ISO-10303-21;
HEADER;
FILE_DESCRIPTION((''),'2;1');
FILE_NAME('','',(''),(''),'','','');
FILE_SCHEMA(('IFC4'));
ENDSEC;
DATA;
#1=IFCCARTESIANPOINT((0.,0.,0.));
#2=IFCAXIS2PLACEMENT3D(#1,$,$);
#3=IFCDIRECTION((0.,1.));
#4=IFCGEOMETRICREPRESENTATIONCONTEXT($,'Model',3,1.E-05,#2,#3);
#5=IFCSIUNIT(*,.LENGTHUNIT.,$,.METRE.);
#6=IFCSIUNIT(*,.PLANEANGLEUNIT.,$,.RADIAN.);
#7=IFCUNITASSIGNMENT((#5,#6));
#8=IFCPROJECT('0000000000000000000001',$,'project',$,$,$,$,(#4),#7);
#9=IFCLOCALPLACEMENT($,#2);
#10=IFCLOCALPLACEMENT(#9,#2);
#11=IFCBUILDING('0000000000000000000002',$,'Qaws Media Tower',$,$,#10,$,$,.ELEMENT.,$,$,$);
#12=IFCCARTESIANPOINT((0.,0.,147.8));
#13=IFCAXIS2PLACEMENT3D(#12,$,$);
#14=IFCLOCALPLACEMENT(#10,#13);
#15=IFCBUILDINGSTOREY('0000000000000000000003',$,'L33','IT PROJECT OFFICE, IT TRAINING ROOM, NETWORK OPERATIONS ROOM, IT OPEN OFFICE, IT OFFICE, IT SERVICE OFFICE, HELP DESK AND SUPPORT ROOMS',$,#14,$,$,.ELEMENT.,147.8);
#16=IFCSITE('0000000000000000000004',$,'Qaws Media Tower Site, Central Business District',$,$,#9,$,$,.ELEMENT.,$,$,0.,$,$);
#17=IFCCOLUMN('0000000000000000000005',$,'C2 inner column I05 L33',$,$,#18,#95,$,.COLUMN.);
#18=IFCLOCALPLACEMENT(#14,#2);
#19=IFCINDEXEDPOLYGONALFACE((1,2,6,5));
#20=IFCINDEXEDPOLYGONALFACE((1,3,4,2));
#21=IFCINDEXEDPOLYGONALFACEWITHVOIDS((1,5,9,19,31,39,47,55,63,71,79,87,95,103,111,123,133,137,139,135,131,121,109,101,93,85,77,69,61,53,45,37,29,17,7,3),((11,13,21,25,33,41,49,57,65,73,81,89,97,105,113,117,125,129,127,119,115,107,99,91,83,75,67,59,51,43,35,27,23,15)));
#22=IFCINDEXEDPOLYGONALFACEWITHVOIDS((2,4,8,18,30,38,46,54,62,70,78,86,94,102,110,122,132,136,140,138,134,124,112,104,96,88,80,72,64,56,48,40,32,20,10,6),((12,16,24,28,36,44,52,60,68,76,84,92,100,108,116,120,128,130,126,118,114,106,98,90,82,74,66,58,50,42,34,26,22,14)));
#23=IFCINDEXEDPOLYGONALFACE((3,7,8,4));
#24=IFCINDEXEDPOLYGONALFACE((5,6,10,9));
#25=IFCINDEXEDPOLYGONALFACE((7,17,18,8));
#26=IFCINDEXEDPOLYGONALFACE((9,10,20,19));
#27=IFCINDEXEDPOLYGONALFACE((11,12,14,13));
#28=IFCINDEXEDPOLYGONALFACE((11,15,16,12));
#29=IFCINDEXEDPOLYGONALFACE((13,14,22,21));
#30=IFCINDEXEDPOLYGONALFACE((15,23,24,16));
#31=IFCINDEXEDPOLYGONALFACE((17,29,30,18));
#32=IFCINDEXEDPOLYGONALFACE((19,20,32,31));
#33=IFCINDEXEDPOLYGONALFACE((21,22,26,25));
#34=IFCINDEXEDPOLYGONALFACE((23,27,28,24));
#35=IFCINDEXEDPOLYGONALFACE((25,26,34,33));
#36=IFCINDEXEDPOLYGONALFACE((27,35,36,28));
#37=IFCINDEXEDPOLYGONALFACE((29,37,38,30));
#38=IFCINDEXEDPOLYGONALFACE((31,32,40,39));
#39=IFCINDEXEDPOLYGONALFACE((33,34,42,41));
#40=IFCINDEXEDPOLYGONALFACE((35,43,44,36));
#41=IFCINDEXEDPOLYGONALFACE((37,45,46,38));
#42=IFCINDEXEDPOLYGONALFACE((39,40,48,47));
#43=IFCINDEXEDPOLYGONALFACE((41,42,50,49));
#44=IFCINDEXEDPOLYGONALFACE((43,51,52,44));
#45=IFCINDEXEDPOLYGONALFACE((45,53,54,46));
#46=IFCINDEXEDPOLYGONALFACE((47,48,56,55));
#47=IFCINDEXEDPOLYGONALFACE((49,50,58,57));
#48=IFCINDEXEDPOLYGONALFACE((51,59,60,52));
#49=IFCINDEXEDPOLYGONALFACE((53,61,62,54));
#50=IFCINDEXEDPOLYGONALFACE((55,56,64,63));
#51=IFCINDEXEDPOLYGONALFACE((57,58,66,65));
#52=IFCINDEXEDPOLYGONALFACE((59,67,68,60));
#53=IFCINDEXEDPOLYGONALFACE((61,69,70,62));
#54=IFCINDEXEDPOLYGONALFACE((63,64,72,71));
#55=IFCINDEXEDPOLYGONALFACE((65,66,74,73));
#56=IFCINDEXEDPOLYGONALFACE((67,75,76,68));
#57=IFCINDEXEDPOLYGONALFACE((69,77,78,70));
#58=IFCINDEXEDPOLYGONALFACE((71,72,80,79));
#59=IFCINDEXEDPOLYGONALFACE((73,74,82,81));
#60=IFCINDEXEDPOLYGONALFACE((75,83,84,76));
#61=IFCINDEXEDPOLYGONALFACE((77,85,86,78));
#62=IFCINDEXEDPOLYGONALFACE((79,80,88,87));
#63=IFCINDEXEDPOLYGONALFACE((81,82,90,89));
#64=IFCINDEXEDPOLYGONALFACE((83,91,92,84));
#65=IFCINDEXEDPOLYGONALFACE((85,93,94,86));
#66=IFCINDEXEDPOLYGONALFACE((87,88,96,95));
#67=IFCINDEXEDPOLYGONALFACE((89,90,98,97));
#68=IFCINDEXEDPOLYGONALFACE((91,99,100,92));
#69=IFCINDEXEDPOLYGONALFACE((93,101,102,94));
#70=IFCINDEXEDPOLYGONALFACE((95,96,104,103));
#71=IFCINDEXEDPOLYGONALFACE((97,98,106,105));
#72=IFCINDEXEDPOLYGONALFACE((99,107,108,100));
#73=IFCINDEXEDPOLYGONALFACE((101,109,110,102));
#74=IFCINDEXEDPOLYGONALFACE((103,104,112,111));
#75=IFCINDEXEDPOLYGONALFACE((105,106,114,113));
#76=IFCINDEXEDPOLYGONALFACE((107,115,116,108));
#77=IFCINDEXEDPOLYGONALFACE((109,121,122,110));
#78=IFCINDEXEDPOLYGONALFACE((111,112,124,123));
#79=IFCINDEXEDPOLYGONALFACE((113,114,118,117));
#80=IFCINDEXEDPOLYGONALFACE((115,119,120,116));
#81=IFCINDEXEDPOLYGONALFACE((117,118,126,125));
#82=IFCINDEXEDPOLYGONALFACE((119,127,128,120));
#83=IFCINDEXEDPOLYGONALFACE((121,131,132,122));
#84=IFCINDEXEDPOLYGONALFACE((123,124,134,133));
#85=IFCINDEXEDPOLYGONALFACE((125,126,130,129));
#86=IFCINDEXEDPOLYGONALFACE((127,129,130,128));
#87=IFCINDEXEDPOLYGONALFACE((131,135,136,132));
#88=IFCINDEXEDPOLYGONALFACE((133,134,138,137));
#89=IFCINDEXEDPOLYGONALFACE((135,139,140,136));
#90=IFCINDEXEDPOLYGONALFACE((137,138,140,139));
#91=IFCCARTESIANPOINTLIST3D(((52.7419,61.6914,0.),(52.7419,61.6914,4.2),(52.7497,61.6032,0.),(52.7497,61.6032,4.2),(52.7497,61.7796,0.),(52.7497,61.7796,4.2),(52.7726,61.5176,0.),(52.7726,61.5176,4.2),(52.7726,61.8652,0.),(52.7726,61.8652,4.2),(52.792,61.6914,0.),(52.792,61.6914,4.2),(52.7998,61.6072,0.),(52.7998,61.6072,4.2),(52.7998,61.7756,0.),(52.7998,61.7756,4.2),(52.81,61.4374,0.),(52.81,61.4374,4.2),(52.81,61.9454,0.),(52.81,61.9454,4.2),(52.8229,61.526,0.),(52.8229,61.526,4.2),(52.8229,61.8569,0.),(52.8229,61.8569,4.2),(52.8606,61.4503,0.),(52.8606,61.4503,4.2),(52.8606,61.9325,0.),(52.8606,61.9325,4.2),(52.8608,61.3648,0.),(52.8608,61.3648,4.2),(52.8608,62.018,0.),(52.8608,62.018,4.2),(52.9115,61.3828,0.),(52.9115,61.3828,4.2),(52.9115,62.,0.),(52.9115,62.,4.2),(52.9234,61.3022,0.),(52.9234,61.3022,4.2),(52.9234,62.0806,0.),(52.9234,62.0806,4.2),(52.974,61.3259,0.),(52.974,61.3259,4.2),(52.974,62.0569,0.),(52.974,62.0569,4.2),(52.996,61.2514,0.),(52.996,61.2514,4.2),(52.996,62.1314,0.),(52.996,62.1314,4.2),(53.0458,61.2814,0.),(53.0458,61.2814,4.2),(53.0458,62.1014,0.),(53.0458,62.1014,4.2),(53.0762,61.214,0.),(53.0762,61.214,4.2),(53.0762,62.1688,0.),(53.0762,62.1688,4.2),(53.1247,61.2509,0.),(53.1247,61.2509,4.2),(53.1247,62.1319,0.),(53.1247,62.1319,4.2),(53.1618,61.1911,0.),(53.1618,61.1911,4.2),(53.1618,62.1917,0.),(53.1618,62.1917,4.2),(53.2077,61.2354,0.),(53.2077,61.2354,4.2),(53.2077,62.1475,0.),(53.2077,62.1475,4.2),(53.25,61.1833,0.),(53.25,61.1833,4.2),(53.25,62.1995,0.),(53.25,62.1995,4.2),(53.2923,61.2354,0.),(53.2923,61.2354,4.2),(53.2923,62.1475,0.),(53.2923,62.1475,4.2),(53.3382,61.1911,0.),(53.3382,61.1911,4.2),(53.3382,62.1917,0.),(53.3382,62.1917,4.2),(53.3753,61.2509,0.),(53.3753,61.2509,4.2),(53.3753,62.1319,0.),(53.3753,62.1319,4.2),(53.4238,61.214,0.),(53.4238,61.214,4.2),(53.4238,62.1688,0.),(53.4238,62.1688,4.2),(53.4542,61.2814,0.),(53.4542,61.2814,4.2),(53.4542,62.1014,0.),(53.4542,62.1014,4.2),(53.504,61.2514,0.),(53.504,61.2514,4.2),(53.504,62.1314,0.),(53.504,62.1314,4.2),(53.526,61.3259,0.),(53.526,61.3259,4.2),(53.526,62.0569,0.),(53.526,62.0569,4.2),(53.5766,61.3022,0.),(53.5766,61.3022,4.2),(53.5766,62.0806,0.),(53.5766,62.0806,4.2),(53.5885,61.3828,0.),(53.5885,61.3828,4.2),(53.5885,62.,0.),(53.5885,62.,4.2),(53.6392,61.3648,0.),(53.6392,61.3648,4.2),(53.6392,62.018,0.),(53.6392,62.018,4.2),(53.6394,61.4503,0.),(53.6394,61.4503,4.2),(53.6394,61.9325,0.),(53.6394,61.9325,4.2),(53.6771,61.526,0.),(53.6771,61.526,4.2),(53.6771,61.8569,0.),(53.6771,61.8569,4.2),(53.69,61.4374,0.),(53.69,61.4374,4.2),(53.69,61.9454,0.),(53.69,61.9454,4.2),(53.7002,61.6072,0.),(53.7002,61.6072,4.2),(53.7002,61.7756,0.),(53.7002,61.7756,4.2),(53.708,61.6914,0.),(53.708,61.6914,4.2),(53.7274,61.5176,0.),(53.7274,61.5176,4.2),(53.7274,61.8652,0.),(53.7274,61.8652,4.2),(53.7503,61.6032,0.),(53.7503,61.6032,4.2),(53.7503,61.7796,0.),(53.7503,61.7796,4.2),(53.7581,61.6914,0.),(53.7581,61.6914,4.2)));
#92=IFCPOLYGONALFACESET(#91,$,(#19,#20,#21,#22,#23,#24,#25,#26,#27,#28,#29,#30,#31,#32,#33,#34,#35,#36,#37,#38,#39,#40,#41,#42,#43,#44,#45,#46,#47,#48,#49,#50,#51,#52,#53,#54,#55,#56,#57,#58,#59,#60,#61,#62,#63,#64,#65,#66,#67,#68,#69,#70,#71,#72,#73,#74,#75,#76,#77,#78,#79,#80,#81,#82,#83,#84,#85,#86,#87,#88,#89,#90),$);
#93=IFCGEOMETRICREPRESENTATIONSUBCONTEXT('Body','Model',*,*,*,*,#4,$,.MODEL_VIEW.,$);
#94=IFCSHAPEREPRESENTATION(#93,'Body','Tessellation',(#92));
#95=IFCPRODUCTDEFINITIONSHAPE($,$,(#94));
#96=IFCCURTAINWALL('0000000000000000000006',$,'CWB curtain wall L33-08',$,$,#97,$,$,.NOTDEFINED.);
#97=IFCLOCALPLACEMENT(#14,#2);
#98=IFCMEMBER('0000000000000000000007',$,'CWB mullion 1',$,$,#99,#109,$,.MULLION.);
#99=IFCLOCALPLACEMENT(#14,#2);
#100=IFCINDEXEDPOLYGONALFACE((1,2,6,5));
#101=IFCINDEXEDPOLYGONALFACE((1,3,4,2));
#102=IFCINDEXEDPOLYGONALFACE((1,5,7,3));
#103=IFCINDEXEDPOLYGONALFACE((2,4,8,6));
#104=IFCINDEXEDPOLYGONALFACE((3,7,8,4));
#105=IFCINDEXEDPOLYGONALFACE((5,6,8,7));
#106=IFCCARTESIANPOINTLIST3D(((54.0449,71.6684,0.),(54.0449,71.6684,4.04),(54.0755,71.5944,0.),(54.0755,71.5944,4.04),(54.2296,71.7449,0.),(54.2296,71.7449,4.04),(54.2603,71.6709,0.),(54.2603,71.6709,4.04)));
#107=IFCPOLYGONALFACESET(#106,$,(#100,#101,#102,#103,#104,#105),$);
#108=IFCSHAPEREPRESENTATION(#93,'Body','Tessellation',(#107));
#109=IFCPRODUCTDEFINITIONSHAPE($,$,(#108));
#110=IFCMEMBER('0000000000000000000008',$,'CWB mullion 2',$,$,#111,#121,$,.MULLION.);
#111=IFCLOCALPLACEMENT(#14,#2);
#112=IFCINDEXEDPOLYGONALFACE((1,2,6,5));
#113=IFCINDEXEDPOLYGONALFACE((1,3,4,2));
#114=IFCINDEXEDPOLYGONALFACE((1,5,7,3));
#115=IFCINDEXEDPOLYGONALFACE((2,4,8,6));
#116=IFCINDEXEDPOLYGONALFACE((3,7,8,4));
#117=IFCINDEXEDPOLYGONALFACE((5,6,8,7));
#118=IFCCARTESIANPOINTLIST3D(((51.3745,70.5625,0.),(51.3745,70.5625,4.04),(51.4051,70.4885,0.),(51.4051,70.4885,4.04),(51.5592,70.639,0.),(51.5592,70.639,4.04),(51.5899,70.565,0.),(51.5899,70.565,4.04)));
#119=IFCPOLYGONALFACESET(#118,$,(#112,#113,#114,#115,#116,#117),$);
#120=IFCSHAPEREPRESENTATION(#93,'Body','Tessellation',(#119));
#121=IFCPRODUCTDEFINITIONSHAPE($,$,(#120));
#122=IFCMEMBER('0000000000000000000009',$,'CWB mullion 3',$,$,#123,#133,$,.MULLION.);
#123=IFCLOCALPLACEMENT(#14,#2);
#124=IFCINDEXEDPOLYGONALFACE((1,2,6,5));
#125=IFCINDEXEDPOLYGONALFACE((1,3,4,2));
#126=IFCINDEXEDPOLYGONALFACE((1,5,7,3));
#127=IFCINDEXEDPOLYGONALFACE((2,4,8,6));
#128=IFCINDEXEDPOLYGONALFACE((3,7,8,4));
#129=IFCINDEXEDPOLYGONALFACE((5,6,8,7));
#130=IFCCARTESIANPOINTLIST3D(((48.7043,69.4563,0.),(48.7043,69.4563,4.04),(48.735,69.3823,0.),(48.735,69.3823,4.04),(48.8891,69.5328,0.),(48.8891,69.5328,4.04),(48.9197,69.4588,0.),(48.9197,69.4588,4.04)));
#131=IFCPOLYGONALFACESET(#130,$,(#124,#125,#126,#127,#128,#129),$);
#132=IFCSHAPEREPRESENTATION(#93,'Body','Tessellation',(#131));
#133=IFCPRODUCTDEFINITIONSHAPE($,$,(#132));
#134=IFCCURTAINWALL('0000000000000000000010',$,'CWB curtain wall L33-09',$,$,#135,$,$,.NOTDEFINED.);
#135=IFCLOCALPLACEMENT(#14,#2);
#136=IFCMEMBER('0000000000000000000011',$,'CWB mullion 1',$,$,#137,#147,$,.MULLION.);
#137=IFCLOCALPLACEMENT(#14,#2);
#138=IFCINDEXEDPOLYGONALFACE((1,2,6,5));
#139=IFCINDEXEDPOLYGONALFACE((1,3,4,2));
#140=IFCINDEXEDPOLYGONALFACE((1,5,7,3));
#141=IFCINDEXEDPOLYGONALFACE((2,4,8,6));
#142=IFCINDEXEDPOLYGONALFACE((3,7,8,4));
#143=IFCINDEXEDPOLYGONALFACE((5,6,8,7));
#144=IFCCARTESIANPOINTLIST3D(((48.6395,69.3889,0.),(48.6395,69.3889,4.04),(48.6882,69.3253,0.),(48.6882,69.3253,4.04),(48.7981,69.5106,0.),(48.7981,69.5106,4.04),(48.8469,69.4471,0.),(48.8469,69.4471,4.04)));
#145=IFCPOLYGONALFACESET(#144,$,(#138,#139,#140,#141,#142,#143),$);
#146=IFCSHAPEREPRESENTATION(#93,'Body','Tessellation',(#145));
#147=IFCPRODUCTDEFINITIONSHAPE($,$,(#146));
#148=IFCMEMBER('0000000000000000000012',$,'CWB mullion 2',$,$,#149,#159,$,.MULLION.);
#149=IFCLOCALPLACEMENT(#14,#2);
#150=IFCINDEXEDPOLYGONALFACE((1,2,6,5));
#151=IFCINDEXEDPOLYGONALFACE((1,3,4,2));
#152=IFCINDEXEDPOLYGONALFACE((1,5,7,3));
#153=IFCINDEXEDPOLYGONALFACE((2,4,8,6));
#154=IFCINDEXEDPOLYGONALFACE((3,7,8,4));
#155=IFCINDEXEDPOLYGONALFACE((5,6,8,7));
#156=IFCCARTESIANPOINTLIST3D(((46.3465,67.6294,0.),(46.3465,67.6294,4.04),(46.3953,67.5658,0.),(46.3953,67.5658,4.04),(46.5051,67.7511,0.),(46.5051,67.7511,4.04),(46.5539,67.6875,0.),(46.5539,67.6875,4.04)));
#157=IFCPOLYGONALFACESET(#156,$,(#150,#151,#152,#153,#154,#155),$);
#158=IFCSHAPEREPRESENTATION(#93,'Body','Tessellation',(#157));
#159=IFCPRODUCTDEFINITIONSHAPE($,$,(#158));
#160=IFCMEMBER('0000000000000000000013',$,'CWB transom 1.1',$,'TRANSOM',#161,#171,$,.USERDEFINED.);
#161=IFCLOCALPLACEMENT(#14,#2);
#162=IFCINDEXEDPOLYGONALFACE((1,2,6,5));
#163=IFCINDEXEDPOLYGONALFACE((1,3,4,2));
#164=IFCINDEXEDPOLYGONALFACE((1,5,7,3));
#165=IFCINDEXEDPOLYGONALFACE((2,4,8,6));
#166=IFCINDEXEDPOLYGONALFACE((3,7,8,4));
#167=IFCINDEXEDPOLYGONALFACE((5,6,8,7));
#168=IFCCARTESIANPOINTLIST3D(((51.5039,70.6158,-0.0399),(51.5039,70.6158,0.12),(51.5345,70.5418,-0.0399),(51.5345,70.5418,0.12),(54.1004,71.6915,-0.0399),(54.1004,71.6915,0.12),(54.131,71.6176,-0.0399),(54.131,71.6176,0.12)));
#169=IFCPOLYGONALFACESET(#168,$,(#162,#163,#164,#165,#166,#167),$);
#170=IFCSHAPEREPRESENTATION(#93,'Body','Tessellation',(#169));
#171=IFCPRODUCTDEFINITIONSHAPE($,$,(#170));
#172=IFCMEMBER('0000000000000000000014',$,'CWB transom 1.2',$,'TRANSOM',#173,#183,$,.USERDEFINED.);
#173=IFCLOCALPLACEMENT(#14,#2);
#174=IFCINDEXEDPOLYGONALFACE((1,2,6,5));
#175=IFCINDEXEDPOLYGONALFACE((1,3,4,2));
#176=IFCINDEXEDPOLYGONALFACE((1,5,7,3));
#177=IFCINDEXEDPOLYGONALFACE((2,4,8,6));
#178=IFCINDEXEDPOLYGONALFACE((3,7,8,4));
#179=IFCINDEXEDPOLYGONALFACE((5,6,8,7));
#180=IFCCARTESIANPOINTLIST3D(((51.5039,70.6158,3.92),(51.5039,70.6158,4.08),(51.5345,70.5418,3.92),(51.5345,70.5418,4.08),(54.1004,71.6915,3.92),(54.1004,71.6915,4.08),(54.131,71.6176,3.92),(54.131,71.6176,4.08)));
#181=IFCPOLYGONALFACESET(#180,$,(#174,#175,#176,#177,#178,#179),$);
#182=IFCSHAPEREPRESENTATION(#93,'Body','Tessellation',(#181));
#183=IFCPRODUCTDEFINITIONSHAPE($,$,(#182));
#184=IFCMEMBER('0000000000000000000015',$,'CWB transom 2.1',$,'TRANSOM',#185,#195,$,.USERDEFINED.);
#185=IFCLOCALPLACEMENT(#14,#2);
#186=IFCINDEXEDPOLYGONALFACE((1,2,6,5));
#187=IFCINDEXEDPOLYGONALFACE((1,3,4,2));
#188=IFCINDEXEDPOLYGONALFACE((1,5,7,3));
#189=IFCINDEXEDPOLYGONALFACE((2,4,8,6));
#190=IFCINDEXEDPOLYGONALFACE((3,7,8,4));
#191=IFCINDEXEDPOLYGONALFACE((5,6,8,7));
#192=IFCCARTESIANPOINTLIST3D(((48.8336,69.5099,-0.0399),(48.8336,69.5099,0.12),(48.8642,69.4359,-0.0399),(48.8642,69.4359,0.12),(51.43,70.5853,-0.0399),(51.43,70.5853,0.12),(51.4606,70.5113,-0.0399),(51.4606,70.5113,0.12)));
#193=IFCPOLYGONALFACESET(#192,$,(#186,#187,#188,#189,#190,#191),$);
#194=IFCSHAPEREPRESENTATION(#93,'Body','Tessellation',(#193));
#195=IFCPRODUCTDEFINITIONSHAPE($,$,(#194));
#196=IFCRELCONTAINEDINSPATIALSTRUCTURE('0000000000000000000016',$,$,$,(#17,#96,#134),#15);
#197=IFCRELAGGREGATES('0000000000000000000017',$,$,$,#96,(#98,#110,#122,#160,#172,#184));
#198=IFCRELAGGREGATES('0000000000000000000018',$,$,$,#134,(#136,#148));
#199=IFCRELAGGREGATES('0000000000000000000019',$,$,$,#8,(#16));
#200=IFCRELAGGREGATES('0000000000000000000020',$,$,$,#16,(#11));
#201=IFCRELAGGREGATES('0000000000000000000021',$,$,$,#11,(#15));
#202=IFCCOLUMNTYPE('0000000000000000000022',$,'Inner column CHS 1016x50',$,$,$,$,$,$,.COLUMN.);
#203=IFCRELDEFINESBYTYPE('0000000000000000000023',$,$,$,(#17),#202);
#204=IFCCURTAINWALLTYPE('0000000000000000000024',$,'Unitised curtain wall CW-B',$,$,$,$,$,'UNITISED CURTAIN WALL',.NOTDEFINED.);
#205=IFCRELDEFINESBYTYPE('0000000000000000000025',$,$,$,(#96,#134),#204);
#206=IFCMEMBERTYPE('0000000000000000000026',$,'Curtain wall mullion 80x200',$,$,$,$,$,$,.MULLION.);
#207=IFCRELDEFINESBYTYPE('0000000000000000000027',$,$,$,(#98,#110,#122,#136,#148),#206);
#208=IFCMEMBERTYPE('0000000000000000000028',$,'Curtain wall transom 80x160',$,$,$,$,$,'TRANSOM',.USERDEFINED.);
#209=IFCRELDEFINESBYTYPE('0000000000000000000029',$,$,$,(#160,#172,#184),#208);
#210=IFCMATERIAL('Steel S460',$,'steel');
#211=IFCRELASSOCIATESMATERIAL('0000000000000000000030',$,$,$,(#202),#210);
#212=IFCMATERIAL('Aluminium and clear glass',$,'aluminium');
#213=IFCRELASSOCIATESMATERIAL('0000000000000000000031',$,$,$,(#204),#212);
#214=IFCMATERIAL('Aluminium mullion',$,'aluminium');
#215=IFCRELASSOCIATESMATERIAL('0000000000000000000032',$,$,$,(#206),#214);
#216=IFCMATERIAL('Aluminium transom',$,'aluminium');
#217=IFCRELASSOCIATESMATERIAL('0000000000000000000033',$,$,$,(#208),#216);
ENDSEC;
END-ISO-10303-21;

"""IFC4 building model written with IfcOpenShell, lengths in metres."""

from ifc_helpers import new_model, si_unit, direction, frame, origin, origin_2d, place, context, subcontext, project, spatial, rectangle, hollow_circle, extrude, material, material_profile, profile_set, type_object, element, aggregate, save


model = new_model("IFC4")

# Units and contexts
model_context = context("Model", 3, precision=1e-05, world=origin(), true_north=direction((0.0, 1.0)))
body_context = subcontext(model_context, "Body", "Model", "MODEL_VIEW")
ifc_project = project(units=[si_unit("LENGTHUNIT", "METRE"), si_unit("PLANEANGLEUNIT", "RADIAN")], contexts=[model_context])

# Site, building, storey
site_placement = place(None, origin())
site = spatial("IfcSite", under=ifc_project, at=site_placement, Name="Qaws Media Tower Site, Central Business District", CompositionType="ELEMENT", RefElevation=0.0)
building_placement = place(site_placement, origin())
building = spatial("IfcBuilding", under=site, at=building_placement, Name="Qaws Media Tower", CompositionType="ELEMENT")
storey_placement = place(building_placement, frame((0.0, 0.0, 147.8)))
storey = spatial("IfcBuildingStorey", under=building, at=storey_placement, Name="L33", Description="IT PROJECT OFFICE, IT TRAINING ROOM, NETWORK OPERATIONS ROOM, IT OPEN OFFICE, IT OFFICE, IT SERVICE OFFICE, HELP DESK AND SUPPORT ROOMS", CompositionType="ELEMENT", Elevation=147.8)

# Column
ifc_material_1 = material(Name="Steel S460", Category="steel")
ifc_material_profile_1 = material_profile(ifc_material_1, hollow_circle(Radius=0.5081, WallThickness=0.05, at=origin_2d()), Name="CHS 1016x50")
ifc_profile_set_1 = profile_set([ifc_material_profile_1], Name="Steel S460")
column_type = type_object("IfcColumnType", Name="Inner column CHS 1016x50", PredefinedType="COLUMN", material=ifc_profile_set_1)
column_placement = place(storey_placement, frame((53.25, 61.6914, 0.0), z_axis=(0.0, 0.0, 1.0), x_axis=(1.0, 0.0, 0.0)))
element("IfcColumn", 1, at=column_placement, inside=storey, type_object=column_type, Name="C2 inner column I05 L33", PredefinedType="COLUMN", context=body_context, shape_type="SweptSolid", body=[
    extrude(hollow_circle(Radius=0.5081, WallThickness=0.05, at=origin_2d()), origin(), (0.0, 0.0, 1.0), 4.2),
])

# Curtain walls, members
ifc_material_2 = material(Name="Aluminium and clear glass", Category="aluminium")
curtain_wall_type = type_object("IfcCurtainWallType", Name="Unitised curtain wall CW-B", ElementType="UNITISED CURTAIN WALL", PredefinedType="NOTDEFINED", material=ifc_material_2)
curtain_wall_1_placement = place(storey_placement, origin())
curtain_wall_1 = element("IfcCurtainWall", 2, at=curtain_wall_1_placement, inside=storey, type_object=curtain_wall_type, Name="CWB curtain wall L33-08", PredefinedType="NOTDEFINED")
ifc_material_3 = material(Name="Aluminium mullion", Category="aluminium")
ifc_material_profile_2 = material_profile(ifc_material_3, rectangle(XDim=0.0801, YDim=0.2, at=origin_2d()), Name="80x200")
ifc_profile_set_2 = profile_set([ifc_material_profile_2], Name="Aluminium mullion")
member_type_1 = type_object("IfcMemberType", Name="Curtain wall mullion 80x200", PredefinedType="MULLION", material=ifc_profile_set_2)
member_1_placement = place(storey_placement, frame((54.1526, 71.6697, 0.0), z_axis=(0.0, 0.0, 1.0), x_axis=(0.382684, -0.923879, 0.0)))
member_1 = element("IfcMember", 3, at=member_1_placement, type_object=member_type_1, Name="CWB mullion 1", PredefinedType="MULLION", context=body_context, shape_type="SweptSolid", body=[
    extrude(rectangle(XDim=0.0801, YDim=0.2, at=origin_2d()), origin(), (0.0, 0.0, 1.0), 4.04),
])
member_2_placement = place(storey_placement, frame((51.4822, 70.5637, 0.0), z_axis=(0.0, 0.0, 1.0), x_axis=(0.382684, -0.923879, 0.0)))
member_2 = element("IfcMember", 4, at=member_2_placement, type_object=member_type_1, Name="CWB mullion 2", PredefinedType="MULLION", context=body_context, shape_type="SweptSolid", body=[
    extrude(rectangle(XDim=0.0801, YDim=0.2, at=origin_2d()), origin(), (0.0, 0.0, 1.0), 4.04),
])
member_3_placement = place(storey_placement, frame((48.812, 69.4575, 0.0), z_axis=(0.0, 0.0, 1.0), x_axis=(0.382684, -0.923879, 0.0)))
member_3 = element("IfcMember", 5, at=member_3_placement, type_object=member_type_1, Name="CWB mullion 3", PredefinedType="MULLION", context=body_context, shape_type="SweptSolid", body=[
    extrude(rectangle(XDim=0.0801, YDim=0.2, at=origin_2d()), origin(), (0.0, 0.0, 1.0), 4.04),
])
curtain_wall_2_placement = place(storey_placement, origin())
curtain_wall_2 = element("IfcCurtainWall", 6, at=curtain_wall_2_placement, inside=storey, type_object=curtain_wall_type, Name="CWB curtain wall L33-09", PredefinedType="NOTDEFINED")
member_4_placement = place(storey_placement, frame((48.7432, 69.418, 0.0), z_axis=(0.0, 0.0, 1.0), x_axis=(0.608761, -0.793353, 0.0)))
member_4 = element("IfcMember", 7, at=member_4_placement, type_object=member_type_1, Name="CWB mullion 1", PredefinedType="MULLION", context=body_context, shape_type="SweptSolid", body=[
    extrude(rectangle(XDim=0.0801, YDim=0.2, at=origin_2d()), origin(), (0.0, 0.0, 1.0), 4.04),
])
member_5_placement = place(storey_placement, frame((46.4502, 67.6584, 0.0), z_axis=(0.0, 0.0, 1.0), x_axis=(0.608761, -0.793353, 0.0)))
member_5 = element("IfcMember", 8, at=member_5_placement, type_object=member_type_1, Name="CWB mullion 2", PredefinedType="MULLION", context=body_context, shape_type="SweptSolid", body=[
    extrude(rectangle(XDim=0.0801, YDim=0.2, at=origin_2d()), origin(), (0.0, 0.0, 1.0), 4.04),
])

# Members
ifc_material_4 = material(Name="Aluminium transom", Category="aluminium")
ifc_material_profile_3 = material_profile(ifc_material_4, rectangle(XDim=0.0801, YDim=0.1599, at=origin_2d()), Name="80x160")
ifc_profile_set_3 = profile_set([ifc_material_profile_3], Name="Aluminium transom")
member_type_2 = type_object("IfcMemberType", Name="Curtain wall transom 80x160", ElementType="TRANSOM", PredefinedType="USERDEFINED", material=ifc_profile_set_3)
member_6_placement = place(storey_placement, frame((54.1157, 71.6545, 0.04), z_axis=(-0.923854, -0.382746, 0.0), x_axis=(0.382746, -0.923854, 0.0)))
member_6 = element("IfcMember", 9, at=member_6_placement, type_object=member_type_2, Name="CWB transom 1.1", ObjectType="TRANSOM", PredefinedType="USERDEFINED", context=body_context, shape_type="SweptSolid", body=[
    extrude(rectangle(XDim=0.0801, YDim=0.1599, at=origin_2d()), origin(), (0.0, 0.0, 1.0), 2.8105),
])
member_7_placement = place(storey_placement, frame((54.1157, 71.6545, 4.0), z_axis=(-0.923854, -0.382746, 0.0), x_axis=(0.382746, -0.923854, 0.0)))
member_7 = element("IfcMember", 10, at=member_7_placement, type_object=member_type_2, Name="CWB transom 1.2", ObjectType="TRANSOM", PredefinedType="USERDEFINED", context=body_context, shape_type="SweptSolid", body=[
    extrude(rectangle(XDim=0.0801, YDim=0.1599, at=origin_2d()), origin(), (0.0, 0.0, 1.0), 2.8105),
])
member_8_placement = place(storey_placement, frame((51.4453, 70.5483, 0.04), z_axis=(-0.923884, -0.382671, 0.0), x_axis=(0.382671, -0.923884, 0.0)))
member_8 = element("IfcMember", 11, at=member_8_placement, type_object=member_type_2, Name="CWB transom 2.1", ObjectType="TRANSOM", PredefinedType="USERDEFINED", context=body_context, shape_type="SweptSolid", body=[
    extrude(rectangle(XDim=0.0801, YDim=0.1599, at=origin_2d()), origin(), (0.0, 0.0, 1.0), 2.8103),
])

aggregate(curtain_wall_1, [member_1, member_2, member_3, member_6, member_7, member_8])
aggregate(curtain_wall_2, [member_4, member_5])

save(model, "model.ifc")
